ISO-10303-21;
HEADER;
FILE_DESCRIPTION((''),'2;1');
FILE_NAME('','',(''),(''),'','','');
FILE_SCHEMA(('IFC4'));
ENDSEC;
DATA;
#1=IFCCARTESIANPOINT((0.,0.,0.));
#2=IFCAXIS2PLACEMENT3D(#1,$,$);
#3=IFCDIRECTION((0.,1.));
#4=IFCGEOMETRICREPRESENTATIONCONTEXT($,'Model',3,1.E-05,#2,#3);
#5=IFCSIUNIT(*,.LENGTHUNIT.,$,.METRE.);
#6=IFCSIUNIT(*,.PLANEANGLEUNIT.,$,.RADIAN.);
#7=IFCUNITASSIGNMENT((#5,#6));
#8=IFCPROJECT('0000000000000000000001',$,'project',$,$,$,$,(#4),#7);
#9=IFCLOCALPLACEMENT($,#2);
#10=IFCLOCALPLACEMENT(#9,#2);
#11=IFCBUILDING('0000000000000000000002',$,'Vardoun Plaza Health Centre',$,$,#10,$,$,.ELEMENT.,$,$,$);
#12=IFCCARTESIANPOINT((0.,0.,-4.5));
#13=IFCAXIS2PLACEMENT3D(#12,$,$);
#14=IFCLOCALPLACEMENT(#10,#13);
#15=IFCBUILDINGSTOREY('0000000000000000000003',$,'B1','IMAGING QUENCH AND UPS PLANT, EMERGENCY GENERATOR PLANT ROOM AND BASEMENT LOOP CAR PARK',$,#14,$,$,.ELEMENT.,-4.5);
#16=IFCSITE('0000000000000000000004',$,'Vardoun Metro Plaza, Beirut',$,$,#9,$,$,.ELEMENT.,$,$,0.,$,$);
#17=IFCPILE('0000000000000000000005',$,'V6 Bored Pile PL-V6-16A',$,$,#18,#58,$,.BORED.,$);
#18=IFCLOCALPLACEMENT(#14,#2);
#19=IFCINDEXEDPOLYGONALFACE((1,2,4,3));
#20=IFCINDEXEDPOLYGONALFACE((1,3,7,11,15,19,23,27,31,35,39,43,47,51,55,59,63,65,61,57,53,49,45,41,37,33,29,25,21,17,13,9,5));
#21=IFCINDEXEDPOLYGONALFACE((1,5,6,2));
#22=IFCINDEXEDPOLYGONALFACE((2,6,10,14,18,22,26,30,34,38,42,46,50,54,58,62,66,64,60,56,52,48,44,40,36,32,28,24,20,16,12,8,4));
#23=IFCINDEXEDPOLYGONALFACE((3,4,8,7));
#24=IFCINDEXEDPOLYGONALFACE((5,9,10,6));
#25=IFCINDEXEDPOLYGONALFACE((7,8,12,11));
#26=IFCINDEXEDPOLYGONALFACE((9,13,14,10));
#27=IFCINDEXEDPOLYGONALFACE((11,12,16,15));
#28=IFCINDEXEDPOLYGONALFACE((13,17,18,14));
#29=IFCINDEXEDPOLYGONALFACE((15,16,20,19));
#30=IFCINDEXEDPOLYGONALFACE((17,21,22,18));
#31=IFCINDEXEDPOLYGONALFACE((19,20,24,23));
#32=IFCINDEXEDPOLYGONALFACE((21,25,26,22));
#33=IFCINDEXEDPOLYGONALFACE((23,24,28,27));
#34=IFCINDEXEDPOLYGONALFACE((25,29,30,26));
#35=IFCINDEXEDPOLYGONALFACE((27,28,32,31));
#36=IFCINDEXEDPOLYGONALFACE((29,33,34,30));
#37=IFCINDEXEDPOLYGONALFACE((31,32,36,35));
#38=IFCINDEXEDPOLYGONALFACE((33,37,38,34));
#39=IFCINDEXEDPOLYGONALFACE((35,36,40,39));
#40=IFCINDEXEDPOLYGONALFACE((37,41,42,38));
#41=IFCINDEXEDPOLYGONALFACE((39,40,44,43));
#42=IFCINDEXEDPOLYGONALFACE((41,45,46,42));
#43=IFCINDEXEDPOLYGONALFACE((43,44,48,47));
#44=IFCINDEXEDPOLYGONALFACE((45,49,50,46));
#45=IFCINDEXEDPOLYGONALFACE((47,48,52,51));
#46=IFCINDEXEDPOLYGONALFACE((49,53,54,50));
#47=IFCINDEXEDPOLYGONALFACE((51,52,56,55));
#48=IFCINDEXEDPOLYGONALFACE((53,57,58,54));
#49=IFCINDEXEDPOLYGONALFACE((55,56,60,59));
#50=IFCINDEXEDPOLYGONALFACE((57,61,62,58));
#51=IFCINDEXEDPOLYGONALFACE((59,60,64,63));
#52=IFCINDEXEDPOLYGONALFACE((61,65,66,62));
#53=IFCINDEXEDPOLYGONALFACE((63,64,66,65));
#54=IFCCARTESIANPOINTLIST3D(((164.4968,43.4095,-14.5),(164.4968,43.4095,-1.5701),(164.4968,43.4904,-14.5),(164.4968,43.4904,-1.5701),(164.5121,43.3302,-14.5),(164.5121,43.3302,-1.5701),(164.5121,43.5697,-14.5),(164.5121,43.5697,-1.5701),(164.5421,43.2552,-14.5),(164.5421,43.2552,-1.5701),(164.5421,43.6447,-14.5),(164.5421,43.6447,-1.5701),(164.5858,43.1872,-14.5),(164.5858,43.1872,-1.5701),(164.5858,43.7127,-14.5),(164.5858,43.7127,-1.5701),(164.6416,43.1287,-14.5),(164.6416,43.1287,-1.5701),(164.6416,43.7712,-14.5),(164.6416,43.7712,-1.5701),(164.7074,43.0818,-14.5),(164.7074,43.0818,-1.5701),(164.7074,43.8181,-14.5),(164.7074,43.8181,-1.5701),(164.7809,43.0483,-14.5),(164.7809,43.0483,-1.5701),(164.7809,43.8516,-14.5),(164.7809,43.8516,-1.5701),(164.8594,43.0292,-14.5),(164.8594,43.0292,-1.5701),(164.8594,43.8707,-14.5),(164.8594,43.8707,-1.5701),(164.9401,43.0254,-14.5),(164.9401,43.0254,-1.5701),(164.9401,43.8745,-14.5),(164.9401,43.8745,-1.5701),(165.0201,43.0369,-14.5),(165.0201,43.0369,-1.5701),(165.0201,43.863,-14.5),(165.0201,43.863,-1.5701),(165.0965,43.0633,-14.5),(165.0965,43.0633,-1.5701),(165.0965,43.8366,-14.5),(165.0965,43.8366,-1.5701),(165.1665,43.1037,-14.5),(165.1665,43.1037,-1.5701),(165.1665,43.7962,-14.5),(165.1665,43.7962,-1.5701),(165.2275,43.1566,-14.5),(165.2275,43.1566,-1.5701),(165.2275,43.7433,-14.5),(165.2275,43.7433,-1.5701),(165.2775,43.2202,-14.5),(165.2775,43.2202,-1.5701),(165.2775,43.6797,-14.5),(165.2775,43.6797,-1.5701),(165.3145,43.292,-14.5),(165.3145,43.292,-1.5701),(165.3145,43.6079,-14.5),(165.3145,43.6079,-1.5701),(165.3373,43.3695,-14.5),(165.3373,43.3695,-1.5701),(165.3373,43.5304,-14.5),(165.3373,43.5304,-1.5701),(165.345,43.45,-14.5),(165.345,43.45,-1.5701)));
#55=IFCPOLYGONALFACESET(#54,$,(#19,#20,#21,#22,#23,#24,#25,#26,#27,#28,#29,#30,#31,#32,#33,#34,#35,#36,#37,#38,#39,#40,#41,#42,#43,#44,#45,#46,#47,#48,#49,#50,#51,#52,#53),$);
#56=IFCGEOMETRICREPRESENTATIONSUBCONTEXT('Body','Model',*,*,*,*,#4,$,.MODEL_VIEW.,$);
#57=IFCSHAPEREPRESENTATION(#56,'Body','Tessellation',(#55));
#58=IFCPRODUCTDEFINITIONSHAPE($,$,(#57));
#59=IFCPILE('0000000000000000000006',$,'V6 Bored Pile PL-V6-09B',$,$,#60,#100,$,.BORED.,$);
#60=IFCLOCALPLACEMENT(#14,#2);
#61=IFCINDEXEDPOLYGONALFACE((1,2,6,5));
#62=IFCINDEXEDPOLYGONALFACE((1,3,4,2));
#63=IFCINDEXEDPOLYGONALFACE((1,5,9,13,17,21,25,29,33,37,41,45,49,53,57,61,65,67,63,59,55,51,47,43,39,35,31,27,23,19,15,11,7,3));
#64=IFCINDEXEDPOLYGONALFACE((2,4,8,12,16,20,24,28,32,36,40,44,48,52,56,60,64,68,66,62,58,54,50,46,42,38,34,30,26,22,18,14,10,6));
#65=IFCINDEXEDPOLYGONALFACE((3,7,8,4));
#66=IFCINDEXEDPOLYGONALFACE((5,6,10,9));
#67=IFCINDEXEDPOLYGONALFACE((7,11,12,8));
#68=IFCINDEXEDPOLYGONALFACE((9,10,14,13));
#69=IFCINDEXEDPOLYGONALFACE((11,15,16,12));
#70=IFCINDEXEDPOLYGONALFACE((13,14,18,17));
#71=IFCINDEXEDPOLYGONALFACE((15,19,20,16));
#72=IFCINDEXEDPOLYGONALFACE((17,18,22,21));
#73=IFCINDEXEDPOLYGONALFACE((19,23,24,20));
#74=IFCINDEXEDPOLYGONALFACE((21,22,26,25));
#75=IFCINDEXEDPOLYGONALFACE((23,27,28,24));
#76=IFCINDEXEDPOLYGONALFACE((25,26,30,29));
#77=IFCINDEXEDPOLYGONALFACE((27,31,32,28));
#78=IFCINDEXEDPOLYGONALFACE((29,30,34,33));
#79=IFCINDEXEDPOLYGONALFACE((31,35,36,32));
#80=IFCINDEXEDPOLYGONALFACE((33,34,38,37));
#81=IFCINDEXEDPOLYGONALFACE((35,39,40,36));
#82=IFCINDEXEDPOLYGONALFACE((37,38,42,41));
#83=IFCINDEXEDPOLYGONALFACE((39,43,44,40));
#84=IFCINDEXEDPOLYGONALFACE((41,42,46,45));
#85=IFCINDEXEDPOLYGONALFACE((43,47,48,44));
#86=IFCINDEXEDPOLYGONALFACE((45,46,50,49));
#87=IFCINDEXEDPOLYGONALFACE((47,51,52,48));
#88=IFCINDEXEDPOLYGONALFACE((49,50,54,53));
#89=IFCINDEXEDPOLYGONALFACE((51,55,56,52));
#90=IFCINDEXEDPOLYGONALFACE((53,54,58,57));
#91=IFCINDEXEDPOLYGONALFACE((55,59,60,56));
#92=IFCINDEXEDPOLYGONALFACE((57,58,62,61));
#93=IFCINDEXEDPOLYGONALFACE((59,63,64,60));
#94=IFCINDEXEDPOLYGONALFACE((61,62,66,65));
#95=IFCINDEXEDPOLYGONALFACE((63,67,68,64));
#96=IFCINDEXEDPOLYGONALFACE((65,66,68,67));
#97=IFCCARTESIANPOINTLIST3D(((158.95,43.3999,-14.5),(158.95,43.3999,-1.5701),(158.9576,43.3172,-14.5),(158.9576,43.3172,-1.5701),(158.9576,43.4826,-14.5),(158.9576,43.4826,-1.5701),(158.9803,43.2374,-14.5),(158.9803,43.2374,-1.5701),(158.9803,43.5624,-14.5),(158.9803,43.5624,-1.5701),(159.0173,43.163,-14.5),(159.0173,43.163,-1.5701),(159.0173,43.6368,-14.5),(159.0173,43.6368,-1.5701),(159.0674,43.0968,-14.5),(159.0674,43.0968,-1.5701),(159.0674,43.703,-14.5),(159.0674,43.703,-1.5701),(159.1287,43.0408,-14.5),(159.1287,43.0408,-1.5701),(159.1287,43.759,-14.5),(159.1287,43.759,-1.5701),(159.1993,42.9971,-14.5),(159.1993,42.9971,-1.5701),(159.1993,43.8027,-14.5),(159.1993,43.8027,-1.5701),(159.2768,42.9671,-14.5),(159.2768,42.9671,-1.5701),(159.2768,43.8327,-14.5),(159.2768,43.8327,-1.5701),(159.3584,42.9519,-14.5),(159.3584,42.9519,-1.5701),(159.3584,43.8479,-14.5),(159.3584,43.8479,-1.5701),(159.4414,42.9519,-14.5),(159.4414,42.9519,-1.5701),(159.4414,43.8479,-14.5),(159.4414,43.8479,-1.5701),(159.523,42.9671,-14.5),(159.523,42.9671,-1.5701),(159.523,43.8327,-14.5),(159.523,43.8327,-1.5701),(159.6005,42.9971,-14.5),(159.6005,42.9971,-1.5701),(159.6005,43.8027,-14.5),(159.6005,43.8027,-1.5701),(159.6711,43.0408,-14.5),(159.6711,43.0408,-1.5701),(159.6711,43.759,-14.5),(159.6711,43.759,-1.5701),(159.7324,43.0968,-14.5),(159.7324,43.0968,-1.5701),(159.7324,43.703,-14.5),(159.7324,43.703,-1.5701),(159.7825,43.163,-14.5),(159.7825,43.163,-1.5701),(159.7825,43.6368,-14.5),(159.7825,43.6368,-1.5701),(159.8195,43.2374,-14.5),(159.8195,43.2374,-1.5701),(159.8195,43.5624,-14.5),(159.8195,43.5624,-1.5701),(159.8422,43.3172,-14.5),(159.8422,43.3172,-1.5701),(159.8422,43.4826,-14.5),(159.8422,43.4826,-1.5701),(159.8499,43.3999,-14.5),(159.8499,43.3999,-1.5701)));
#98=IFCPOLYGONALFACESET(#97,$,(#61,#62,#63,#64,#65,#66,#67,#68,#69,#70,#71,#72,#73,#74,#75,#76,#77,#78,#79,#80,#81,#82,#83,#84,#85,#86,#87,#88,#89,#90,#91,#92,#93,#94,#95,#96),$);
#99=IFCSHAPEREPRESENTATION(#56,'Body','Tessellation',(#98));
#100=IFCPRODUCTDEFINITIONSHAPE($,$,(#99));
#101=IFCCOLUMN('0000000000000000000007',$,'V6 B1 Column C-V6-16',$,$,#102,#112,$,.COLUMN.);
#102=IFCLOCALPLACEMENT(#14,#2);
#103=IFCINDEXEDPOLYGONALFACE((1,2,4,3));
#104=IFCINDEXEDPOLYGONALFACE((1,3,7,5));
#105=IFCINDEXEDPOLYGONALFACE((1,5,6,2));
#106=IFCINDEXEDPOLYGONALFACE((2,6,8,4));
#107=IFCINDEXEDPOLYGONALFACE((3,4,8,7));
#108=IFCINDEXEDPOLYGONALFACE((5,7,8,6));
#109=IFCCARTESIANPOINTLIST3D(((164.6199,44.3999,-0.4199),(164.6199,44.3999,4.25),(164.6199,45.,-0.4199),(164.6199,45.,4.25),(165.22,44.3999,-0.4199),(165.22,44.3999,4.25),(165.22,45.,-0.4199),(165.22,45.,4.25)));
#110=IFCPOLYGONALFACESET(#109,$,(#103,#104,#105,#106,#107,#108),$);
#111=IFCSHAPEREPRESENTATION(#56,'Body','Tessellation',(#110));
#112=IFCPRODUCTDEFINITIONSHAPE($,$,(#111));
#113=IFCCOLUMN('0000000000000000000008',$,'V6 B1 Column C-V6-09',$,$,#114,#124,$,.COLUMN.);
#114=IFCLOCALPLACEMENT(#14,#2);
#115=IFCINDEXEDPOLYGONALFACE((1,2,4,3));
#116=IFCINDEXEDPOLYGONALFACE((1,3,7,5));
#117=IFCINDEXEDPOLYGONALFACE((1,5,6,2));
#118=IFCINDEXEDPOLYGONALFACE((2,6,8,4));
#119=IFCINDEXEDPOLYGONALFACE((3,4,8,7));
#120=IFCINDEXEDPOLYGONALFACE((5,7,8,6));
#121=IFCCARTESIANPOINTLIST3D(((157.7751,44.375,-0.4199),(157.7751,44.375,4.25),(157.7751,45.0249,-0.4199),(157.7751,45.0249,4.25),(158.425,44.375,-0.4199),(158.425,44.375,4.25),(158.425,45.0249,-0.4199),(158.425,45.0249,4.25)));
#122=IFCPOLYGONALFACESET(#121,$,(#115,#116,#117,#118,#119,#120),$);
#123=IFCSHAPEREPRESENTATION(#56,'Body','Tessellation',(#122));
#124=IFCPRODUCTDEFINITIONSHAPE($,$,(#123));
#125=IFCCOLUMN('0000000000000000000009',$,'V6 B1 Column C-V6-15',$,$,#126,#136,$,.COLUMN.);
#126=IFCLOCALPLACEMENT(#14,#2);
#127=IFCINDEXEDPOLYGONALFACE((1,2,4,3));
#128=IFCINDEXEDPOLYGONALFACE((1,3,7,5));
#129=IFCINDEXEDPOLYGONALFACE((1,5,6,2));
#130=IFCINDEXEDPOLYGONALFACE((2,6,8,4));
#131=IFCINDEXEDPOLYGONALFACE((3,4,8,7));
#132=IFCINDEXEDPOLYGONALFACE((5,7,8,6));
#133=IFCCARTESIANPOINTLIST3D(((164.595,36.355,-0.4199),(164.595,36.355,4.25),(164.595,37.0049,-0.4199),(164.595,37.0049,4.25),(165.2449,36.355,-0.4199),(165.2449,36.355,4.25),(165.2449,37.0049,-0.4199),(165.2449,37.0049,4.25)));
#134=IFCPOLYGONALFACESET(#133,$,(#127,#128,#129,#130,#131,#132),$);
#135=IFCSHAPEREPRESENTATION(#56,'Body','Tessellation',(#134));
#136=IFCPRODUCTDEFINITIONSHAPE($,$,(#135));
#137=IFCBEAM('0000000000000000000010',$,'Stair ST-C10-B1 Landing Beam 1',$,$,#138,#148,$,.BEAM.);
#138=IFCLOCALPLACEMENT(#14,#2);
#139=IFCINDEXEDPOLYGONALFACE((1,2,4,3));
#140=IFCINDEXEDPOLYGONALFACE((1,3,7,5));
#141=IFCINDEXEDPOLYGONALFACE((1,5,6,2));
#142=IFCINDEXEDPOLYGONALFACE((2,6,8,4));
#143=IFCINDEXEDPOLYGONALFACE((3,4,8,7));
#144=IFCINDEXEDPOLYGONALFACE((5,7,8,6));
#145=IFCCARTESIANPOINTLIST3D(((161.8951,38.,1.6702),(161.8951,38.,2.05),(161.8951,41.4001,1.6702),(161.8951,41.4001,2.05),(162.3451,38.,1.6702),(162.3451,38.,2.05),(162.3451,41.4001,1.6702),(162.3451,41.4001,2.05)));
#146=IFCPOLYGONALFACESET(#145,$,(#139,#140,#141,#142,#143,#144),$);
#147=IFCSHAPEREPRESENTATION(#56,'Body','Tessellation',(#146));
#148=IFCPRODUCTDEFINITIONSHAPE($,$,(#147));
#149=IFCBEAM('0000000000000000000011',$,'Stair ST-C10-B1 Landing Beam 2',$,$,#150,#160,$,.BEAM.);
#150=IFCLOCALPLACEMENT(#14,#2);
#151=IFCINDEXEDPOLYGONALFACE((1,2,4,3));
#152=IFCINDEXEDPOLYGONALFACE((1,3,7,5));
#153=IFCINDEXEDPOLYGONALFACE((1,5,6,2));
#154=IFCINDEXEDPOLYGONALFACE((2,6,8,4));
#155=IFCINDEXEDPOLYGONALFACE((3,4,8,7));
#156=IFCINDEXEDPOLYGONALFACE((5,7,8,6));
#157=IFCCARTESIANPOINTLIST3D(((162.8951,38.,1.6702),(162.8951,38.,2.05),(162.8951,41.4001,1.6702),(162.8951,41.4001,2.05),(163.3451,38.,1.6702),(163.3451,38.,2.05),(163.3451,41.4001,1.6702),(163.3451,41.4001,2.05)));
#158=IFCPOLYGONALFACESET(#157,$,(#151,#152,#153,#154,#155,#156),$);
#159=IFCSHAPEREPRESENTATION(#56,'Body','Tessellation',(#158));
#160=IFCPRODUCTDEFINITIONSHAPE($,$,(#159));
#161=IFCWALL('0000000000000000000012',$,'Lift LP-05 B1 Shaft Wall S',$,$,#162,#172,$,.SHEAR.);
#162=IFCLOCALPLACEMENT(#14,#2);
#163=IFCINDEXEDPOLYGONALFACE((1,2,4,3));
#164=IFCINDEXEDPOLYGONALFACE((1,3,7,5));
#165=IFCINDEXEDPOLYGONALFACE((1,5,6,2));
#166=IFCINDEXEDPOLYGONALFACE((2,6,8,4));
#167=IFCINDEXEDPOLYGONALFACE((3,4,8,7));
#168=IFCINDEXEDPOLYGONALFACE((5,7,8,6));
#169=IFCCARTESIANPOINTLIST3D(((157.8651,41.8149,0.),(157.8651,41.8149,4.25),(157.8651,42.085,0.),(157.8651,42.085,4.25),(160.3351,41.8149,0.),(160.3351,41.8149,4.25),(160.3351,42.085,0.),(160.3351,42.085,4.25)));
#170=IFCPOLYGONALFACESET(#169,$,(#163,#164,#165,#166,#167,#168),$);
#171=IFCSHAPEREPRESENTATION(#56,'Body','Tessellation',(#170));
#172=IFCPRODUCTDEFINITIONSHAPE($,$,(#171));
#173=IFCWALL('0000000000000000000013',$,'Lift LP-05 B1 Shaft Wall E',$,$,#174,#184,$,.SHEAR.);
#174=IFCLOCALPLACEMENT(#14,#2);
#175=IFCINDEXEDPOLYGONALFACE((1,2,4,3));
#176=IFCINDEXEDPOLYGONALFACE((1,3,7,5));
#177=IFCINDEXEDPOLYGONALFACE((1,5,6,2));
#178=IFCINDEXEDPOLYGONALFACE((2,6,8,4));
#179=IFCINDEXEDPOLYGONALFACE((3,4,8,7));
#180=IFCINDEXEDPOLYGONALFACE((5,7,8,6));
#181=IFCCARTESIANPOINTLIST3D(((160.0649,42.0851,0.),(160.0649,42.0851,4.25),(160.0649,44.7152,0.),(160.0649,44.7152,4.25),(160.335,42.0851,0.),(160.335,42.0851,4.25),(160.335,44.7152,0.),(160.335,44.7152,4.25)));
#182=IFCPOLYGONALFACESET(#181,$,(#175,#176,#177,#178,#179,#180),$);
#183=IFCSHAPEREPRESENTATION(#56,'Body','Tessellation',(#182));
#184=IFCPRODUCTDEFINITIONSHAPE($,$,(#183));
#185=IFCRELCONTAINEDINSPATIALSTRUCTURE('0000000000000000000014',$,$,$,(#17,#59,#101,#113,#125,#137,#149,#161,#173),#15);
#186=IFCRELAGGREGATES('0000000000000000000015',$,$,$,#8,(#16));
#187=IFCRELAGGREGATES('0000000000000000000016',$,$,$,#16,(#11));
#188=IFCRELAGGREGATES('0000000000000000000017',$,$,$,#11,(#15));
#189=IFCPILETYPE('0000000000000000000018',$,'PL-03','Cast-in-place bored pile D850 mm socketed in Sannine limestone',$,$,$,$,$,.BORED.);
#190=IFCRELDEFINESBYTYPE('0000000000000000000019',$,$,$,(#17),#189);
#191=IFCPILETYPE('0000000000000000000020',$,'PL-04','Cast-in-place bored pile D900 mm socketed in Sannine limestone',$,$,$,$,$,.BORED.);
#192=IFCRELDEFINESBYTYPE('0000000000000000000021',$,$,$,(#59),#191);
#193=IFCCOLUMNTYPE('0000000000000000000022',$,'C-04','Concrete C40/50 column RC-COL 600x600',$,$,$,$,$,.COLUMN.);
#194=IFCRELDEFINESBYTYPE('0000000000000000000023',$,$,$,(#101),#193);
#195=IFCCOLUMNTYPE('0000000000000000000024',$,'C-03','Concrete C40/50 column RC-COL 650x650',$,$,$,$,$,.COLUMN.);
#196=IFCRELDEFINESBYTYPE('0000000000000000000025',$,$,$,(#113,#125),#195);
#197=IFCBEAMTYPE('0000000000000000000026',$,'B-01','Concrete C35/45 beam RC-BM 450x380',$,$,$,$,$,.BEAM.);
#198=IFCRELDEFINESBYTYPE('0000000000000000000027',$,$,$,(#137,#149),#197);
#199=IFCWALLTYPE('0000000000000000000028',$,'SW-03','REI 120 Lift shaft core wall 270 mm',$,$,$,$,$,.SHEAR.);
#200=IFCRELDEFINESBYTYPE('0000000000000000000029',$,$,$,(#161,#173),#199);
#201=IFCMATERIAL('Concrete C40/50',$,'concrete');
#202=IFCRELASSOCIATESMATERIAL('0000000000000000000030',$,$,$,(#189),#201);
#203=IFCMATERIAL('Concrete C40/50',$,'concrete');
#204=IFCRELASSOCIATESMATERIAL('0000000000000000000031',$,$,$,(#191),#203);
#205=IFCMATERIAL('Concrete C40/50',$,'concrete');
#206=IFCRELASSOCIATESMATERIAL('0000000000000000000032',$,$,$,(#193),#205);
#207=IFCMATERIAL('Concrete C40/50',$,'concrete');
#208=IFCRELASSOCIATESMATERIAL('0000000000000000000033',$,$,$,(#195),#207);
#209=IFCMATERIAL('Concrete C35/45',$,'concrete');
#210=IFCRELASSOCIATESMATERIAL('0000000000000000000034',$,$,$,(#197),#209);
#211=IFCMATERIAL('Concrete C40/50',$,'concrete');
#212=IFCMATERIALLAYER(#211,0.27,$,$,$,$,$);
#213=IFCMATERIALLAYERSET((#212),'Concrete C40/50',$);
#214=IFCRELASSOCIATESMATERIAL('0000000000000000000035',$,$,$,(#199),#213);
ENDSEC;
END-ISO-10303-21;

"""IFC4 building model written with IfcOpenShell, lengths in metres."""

from ifc_helpers import new_model, si_unit, direction, frame, frame_2d, origin, origin_2d, place, context, subcontext, project, spatial, rectangle, circle, extrude, material, layer, layer_set, material_profile, profile_set, type_object, element, save


model = new_model("IFC4")

# Units and contexts
model_context = context("Model", 3, precision=1e-05, world=origin(), true_north=direction((0.0, 1.0)))
body_context = subcontext(model_context, "Body", "Model", "MODEL_VIEW")
ifc_project = project(units=[si_unit("LENGTHUNIT", "METRE"), si_unit("PLANEANGLEUNIT", "RADIAN")], contexts=[model_context])

# Site, building, storey
site_placement = place(None, origin())
site = spatial("IfcSite", under=ifc_project, at=site_placement, Name="Vardoun Metro Plaza, Beirut", CompositionType="ELEMENT", RefElevation=0.0)
building_placement = place(site_placement, origin())
building = spatial("IfcBuilding", under=site, at=building_placement, Name="Vardoun Plaza Health Centre", CompositionType="ELEMENT")
storey_placement = place(building_placement, frame((0.0, 0.0, -4.5)))
storey = spatial("IfcBuildingStorey", under=building, at=storey_placement, Name="B1", Description="IMAGING QUENCH AND UPS PLANT, EMERGENCY GENERATOR PLANT ROOM AND BASEMENT LOOP CAR PARK", CompositionType="ELEMENT", Elevation=-4.5)

# Piles
ifc_material_1 = material(Name="Concrete C40/50", Category="concrete")
ifc_material_profile_1 = material_profile(ifc_material_1, circle(Radius=0.425, at=origin_2d()), Name="PILE D850")
ifc_profile_set_1 = profile_set([ifc_material_profile_1], Name="Concrete C40/50")
pile_type_1 = type_object("IfcPileType", Name="PL-03", Description="Cast-in-place bored pile D850 mm socketed in Sannine limestone", PredefinedType="BORED", material=ifc_profile_set_1)
pile_1_placement = place(storey_placement, frame((164.9199, 43.45, -1.5701), z_axis=(0.0, 0.0, -1.0), x_axis=(1.0, 0.0, 0.0)))
element("IfcPile", 1, at=pile_1_placement, inside=storey, type_object=pile_type_1, Name="V6 Bored Pile PL-V6-16A", PredefinedType="BORED", context=body_context, shape_type="SweptSolid", body=[
    extrude(circle(Radius=0.425, at=origin_2d()), origin(), (0.0, 0.0, 1.0), 12.9299),
])
ifc_material_2 = material(Name="Concrete C40/50", Category="concrete")
ifc_material_profile_2 = material_profile(ifc_material_2, circle(Radius=0.45, at=origin_2d()), Name="PILE D900")
ifc_profile_set_2 = profile_set([ifc_material_profile_2], Name="Concrete C40/50")
pile_type_2 = type_object("IfcPileType", Name="PL-04", Description="Cast-in-place bored pile D900 mm socketed in Sannine limestone", PredefinedType="BORED", material=ifc_profile_set_2)
pile_2_placement = place(storey_placement, frame((159.3999, 43.3999, -1.5701), z_axis=(0.0, 0.0, -1.0), x_axis=(1.0, 0.0, 0.0)))
element("IfcPile", 2, at=pile_2_placement, inside=storey, type_object=pile_type_2, Name="V6 Bored Pile PL-V6-09B", PredefinedType="BORED", context=body_context, shape_type="SweptSolid", body=[
    extrude(circle(Radius=0.45, at=origin_2d()), origin(), (0.0, 0.0, 1.0), 12.9299),
])

# Columns
ifc_material_3 = material(Name="Concrete C40/50", Category="concrete")
ifc_material_profile_3 = material_profile(ifc_material_3, rectangle(XDim=0.6001, YDim=0.6001, at=origin_2d()), Name="RC-COL 600x600")
ifc_profile_set_3 = profile_set([ifc_material_profile_3], Name="Concrete C40/50")
column_type_1 = type_object("IfcColumnType", Name="C-04", Description="Concrete C40/50 column RC-COL 600x600", PredefinedType="COLUMN", material=ifc_profile_set_3)
column_placement = place(storey_placement, frame((164.9199, 44.7, -0.4199), z_axis=(0.0, 0.0, 1.0), x_axis=(1.0, 0.0, 0.0)))
element("IfcColumn", 3, at=column_placement, inside=storey, type_object=column_type_1, Name="V6 B1 Column C-V6-16", PredefinedType="COLUMN", context=body_context, shape_type="SweptSolid", body=[
    extrude(rectangle(XDim=0.6001, YDim=0.6001, at=origin_2d()), origin(), (0.0, 0.0, 1.0), 4.6699),
])
ifc_material_4 = material(Name="Concrete C40/50", Category="concrete")
ifc_material_profile_4 = material_profile(ifc_material_4, rectangle(XDim=0.6499, YDim=0.6499, at=origin_2d()), Name="RC-COL 650x650")
ifc_profile_set_4 = profile_set([ifc_material_profile_4], Name="Concrete C40/50")
column_type_2 = type_object("IfcColumnType", Name="C-03", Description="Concrete C40/50 column RC-COL 650x650", PredefinedType="COLUMN", material=ifc_profile_set_4)
for number, where, z_axis, x_axis, name in (
    (4, (158.1001, 44.7, -0.4199), (0.0, 0.0, 1.0), (1.0, 0.0, 0.0), "V6 B1 Column C-V6-09"),
    (5, (164.9199, 36.6799, -0.4199), (0.0, 0.0, 1.0), (1.0, 0.0, 0.0), "V6 B1 Column C-V6-15"),
):
    element("IfcColumn", number, at=place(storey_placement, frame(where, z_axis=z_axis, x_axis=x_axis)), inside=storey, type_object=column_type_2, Name=name, PredefinedType="COLUMN", context=body_context, shape_type="SweptSolid", body=[
        extrude(rectangle(XDim=0.6499, YDim=0.6499, at=origin_2d()), origin(), (0.0, 0.0, 1.0), 4.6699),
    ])

# Beams
ifc_material_5 = material(Name="Concrete C35/45", Category="concrete")
ifc_material_profile_5 = material_profile(ifc_material_5, rectangle(XDim=0.45, YDim=0.3799, at=origin_2d()), Name="RC-BM 450x380")
ifc_profile_set_5 = profile_set([ifc_material_profile_5], Name="Concrete C35/45")
beam_type = type_object("IfcBeamType", Name="B-01", Description="Concrete C35/45 beam RC-BM 450x380", PredefinedType="BEAM", material=ifc_profile_set_5)
for number, where, z_axis, x_axis, name in (
    (6, (162.1201, 38.0, 1.8601), (0.0, 1.0, 0.0), (-1.0, 0.0, 0.0), "Stair ST-C10-B1 Landing Beam 1"),
    (7, (163.1201, 38.0, 1.8601), (0.0, 1.0, 0.0), (-1.0, 0.0, 0.0), "Stair ST-C10-B1 Landing Beam 2"),
):
    element("IfcBeam", number, at=place(storey_placement, frame(where, z_axis=z_axis, x_axis=x_axis)), inside=storey, type_object=beam_type, Name=name, PredefinedType="BEAM", context=body_context, shape_type="SweptSolid", body=[
        extrude(rectangle(XDim=0.45, YDim=0.3799, at=origin_2d()), origin(), (0.0, 0.0, 1.0), 3.4001),
    ])

# Walls
ifc_material_6 = material(Name="Concrete C40/50", Category="concrete")
ifc_layer_1 = layer(ifc_material_6, 0.27)
ifc_layer_set_1 = layer_set([ifc_layer_1], Name="Concrete C40/50")
wall_type_1 = type_object("IfcWallType", Name="SW-03", Description="REI 120 Lift shaft core wall 270 mm", PredefinedType="SHEAR", material=ifc_layer_set_1)
wall_1_placement = place(storey_placement, frame((160.335, 41.95, 0.0), z_axis=(0.0, 0.0, 1.0), x_axis=(-1.0, 0.0, 0.0)))
element("IfcWall", 8, at=wall_1_placement, inside=storey, type_object=wall_type_1, Name="Lift LP-05 B1 Shaft Wall S", PredefinedType="SHEAR", context=body_context, shape_type="SweptSolid", body=[
    extrude(rectangle(XDim=2.47, YDim=0.27, at=frame_2d((1.2349, 0.0))), origin(), (0.0, 0.0, 1.0), 4.25),
])
wall_2_placement = place(storey_placement, frame((160.2, 44.7151, 0.0), z_axis=(0.0, 0.0, 1.0), x_axis=(0.0, -1.0, 0.0)))
element("IfcWall", 9, at=wall_2_placement, inside=storey, type_object=wall_type_1, Name="Lift LP-05 B1 Shaft Wall E", PredefinedType="SHEAR", context=body_context, shape_type="SweptSolid", body=[
    extrude(rectangle(XDim=2.6301, YDim=0.27, at=frame_2d((1.3149, 0.0))), origin(), (0.0, 0.0, 1.0), 4.25),
])

save(model, "model.ifc")
